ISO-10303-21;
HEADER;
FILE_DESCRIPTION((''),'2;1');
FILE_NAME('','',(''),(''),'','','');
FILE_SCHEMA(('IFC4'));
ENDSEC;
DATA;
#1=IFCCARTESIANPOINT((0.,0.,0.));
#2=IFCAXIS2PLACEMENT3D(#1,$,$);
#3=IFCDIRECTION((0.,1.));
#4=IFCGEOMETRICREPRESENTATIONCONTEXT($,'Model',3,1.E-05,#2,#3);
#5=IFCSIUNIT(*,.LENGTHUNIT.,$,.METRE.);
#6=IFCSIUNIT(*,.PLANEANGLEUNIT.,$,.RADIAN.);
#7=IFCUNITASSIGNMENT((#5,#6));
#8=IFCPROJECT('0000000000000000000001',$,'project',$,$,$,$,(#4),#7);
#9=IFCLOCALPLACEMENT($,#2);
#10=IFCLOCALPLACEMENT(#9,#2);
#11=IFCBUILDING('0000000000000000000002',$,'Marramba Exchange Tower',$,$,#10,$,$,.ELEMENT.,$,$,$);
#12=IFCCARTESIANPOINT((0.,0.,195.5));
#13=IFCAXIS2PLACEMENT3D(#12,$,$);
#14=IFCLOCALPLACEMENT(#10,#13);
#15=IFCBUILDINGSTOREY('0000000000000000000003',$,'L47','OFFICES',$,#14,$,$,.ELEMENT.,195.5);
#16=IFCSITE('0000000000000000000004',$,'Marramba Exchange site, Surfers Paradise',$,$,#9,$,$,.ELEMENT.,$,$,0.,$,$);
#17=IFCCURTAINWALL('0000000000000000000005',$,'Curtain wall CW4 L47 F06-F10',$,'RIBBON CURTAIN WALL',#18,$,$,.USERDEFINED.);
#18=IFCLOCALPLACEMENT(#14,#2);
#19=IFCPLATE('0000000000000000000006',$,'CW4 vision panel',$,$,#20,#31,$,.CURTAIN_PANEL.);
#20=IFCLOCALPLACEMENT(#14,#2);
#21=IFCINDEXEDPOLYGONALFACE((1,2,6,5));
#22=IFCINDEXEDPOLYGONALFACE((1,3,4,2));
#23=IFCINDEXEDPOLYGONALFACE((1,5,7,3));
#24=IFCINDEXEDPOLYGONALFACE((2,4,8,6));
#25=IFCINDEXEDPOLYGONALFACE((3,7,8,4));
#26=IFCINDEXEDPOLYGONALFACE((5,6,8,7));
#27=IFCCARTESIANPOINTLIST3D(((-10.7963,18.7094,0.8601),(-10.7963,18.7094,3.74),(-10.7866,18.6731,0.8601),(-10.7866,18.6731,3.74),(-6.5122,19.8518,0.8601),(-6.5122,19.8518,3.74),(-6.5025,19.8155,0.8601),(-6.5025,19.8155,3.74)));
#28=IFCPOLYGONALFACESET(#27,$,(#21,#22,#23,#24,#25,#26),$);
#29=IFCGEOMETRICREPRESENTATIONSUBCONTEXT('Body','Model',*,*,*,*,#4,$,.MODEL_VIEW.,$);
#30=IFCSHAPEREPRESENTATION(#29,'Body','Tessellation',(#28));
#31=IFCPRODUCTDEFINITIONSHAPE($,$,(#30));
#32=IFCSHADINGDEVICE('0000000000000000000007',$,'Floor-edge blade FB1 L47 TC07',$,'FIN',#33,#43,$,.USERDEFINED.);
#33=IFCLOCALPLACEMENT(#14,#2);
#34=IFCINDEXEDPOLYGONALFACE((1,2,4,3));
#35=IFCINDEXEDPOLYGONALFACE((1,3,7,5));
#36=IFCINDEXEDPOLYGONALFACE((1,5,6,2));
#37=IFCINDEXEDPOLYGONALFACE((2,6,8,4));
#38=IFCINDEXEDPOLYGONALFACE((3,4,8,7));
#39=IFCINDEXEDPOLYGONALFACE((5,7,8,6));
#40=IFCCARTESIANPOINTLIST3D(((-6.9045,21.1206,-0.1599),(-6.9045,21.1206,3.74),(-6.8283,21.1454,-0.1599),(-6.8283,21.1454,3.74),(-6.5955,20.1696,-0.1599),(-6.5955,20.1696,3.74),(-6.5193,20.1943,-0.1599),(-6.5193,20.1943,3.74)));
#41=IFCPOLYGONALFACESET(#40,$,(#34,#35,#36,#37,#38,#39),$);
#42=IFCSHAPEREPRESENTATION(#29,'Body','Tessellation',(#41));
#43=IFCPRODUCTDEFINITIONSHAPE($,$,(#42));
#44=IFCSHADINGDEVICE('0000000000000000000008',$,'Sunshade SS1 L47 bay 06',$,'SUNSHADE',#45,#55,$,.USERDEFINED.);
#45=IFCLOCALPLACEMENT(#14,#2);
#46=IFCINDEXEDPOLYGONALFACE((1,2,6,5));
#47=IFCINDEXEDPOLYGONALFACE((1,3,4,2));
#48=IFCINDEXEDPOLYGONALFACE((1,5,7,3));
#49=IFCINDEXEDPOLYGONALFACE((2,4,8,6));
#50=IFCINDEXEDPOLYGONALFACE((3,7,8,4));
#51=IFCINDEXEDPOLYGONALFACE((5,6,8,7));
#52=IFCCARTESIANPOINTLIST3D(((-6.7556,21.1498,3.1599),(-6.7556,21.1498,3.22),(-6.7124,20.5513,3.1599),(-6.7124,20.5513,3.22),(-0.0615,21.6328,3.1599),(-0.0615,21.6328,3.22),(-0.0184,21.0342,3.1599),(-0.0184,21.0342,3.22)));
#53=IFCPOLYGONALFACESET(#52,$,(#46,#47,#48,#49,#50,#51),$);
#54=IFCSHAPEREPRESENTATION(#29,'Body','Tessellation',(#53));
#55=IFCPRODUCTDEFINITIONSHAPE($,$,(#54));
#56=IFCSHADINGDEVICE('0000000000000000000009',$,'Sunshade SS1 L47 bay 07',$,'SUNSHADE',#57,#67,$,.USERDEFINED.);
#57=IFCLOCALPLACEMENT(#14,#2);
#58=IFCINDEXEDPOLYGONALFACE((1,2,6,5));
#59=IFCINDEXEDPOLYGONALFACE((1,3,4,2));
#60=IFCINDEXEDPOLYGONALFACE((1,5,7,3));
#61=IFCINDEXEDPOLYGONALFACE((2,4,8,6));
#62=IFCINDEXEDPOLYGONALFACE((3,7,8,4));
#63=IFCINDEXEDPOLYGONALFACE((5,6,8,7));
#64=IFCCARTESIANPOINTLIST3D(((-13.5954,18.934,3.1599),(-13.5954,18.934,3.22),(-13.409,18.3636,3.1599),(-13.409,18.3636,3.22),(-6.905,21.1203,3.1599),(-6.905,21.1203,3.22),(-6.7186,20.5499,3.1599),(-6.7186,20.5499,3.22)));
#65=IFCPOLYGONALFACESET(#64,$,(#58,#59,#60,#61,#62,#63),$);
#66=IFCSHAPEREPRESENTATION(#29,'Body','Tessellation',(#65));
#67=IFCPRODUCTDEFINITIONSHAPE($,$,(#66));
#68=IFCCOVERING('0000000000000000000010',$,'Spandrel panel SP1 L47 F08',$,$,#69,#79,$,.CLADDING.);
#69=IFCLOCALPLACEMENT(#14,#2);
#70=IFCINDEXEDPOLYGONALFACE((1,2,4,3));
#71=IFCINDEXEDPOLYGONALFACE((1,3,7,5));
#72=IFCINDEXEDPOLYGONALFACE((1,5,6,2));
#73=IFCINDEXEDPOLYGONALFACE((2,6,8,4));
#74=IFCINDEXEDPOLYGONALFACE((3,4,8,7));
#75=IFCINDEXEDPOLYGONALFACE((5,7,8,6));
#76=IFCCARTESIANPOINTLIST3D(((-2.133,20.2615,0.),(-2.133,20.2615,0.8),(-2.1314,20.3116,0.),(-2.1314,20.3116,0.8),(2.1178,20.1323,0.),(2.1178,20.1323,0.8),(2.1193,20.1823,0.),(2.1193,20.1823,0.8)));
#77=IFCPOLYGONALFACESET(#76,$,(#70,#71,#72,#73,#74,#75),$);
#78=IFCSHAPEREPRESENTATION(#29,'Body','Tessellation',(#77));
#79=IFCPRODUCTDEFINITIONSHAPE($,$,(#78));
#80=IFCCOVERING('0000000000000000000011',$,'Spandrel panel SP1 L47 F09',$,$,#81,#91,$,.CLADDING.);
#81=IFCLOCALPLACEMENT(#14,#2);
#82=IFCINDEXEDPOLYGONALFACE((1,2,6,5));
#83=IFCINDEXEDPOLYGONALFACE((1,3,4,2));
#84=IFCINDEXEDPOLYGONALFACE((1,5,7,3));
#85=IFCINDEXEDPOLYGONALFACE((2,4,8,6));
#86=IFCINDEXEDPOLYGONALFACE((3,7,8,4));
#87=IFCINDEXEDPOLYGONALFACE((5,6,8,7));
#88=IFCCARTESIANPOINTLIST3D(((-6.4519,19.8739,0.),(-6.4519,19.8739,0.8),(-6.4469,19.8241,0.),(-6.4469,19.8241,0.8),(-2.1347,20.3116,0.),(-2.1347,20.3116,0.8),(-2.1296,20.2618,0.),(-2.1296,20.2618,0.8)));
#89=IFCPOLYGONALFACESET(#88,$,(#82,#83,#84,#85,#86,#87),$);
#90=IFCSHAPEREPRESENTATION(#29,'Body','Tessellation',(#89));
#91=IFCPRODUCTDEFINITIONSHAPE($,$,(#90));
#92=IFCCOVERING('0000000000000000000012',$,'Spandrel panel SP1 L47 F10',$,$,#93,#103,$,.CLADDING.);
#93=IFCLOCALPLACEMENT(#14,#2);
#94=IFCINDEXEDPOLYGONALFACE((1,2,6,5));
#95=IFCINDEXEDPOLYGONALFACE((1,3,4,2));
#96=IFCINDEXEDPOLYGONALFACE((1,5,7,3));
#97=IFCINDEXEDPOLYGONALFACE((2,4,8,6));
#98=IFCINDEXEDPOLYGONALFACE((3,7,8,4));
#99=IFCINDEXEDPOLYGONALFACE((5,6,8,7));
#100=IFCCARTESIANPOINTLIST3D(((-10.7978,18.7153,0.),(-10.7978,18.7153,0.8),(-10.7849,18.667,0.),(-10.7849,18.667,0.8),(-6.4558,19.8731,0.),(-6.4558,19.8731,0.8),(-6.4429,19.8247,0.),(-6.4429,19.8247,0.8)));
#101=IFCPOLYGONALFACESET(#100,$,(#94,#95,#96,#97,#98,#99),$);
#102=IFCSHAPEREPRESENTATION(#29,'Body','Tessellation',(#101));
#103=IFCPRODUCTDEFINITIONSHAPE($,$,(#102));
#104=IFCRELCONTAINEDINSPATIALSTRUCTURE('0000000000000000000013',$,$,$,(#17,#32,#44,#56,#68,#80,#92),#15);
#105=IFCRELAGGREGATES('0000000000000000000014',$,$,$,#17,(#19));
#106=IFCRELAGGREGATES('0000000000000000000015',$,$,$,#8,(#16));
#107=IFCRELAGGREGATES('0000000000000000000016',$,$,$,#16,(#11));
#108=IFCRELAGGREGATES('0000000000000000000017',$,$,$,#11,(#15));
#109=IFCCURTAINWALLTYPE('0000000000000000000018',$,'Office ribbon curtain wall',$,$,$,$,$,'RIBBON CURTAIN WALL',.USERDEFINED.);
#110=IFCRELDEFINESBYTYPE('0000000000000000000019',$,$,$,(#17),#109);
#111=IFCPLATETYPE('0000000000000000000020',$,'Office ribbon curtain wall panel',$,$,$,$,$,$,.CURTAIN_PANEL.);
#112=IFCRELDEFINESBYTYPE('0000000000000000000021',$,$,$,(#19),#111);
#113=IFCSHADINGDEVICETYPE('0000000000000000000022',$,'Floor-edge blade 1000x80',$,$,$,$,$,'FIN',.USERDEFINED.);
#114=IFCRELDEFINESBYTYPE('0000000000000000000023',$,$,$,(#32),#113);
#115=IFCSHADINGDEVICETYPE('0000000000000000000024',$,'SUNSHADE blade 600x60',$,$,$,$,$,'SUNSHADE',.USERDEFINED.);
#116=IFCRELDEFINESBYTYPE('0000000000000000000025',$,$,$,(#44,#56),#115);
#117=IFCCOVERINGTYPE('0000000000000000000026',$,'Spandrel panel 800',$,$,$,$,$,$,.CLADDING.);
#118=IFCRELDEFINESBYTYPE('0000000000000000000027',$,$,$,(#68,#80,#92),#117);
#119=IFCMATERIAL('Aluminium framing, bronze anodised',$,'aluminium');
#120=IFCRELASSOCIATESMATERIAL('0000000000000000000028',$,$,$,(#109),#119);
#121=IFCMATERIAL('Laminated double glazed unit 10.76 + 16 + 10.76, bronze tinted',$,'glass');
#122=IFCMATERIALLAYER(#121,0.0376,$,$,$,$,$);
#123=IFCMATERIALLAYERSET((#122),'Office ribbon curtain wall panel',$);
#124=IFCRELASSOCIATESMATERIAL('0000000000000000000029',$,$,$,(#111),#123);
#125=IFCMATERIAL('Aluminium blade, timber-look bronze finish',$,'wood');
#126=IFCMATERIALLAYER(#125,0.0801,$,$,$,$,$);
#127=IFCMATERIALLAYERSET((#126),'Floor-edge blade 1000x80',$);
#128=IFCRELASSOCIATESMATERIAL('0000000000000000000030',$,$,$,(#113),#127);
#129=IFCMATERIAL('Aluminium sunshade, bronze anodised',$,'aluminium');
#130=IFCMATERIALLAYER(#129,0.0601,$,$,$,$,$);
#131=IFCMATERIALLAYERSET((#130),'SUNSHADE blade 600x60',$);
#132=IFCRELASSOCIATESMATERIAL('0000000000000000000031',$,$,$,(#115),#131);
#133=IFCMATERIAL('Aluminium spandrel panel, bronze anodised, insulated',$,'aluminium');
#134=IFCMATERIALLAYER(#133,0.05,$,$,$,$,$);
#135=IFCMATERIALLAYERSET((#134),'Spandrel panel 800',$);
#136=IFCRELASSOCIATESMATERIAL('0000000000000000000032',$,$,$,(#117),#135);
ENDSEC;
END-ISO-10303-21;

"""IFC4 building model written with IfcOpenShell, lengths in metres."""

from ifc_helpers import new_model, si_unit, direction, frame, origin, origin_2d, place, context, subcontext, project, spatial, rectangle, extrude, material, layer, layer_set, type_object, element, aggregate, save


model = new_model("IFC4")

# Units and contexts
model_context = context("Model", 3, precision=1e-05, world=origin(), true_north=direction((0.0, 1.0)))
body_context = subcontext(model_context, "Body", "Model", "MODEL_VIEW")
ifc_project = project(units=[si_unit("LENGTHUNIT", "METRE"), si_unit("PLANEANGLEUNIT", "RADIAN")], contexts=[model_context])

# Site, building, storey
site_placement = place(None, origin())
site = spatial("IfcSite", under=ifc_project, at=site_placement, Name="Marramba Exchange site, Surfers Paradise", CompositionType="ELEMENT", RefElevation=0.0)
building_placement = place(site_placement, origin())
building = spatial("IfcBuilding", under=site, at=building_placement, Name="Marramba Exchange Tower", CompositionType="ELEMENT")
storey_placement = place(building_placement, frame((0.0, 0.0, 195.5)))
storey = spatial("IfcBuildingStorey", under=building, at=storey_placement, Name="L47", Description="OFFICES", CompositionType="ELEMENT", Elevation=195.5)

# Curtain wall
ifc_material_1 = material(Name="Aluminium framing, bronze anodised", Category="aluminium")
curtain_wall_type = type_object("IfcCurtainWallType", Name="Office ribbon curtain wall", ElementType="RIBBON CURTAIN WALL", PredefinedType="USERDEFINED", material=ifc_material_1)
curtain_wall_1_placement = place(storey_placement, origin())
curtain_wall_1 = element("IfcCurtainWall", 1, at=curtain_wall_1_placement, inside=storey, type_object=curtain_wall_type, Name="Curtain wall CW4 L47 F06-F10", ObjectType="RIBBON CURTAIN WALL", PredefinedType="USERDEFINED")

# Plate
ifc_material_2 = material(Name="Laminated double glazed unit 10.76 + 16 + 10.76, bronze tinted", Category="glass")
ifc_layer_1 = layer(ifc_material_2, 0.0376)
ifc_layer_set_1 = layer_set([ifc_layer_1], Name="Office ribbon curtain wall panel")
plate_type = type_object("IfcPlateType", Name="Office ribbon curtain wall panel", PredefinedType="CURTAIN_PANEL", material=ifc_layer_set_1)
plate_1_placement = place(storey_placement, frame((-8.6494, 19.2625, 0.8601), z_axis=(0.0, 0.0, 1.0), x_axis=(-0.966241, -0.257641, 0.0)))
plate_1 = element("IfcPlate", 2, at=plate_1_placement, type_object=plate_type, Name="CW4 vision panel", PredefinedType="CURTAIN_PANEL", context=body_context, shape_type="SweptSolid", body=[
    extrude(rectangle(XDim=4.4338, YDim=0.0376, at=origin_2d()), origin(), (0.0, 0.0, 1.0), 2.8799),
])
aggregate(curtain_wall_1, [plate_1])

# Shading devices
ifc_material_3 = material(Name="Aluminium blade, timber-look bronze finish", Category="wood")
ifc_layer_2 = layer(ifc_material_3, 0.0801)
ifc_layer_set_2 = layer_set([ifc_layer_2], Name="Floor-edge blade 1000x80")
shading_device_type_1 = type_object("IfcShadingDeviceType", Name="Floor-edge blade 1000x80", ElementType="FIN", PredefinedType="USERDEFINED", material=ifc_layer_set_2)
shading_device_1_placement = place(storey_placement, frame((-6.7119, 20.6575, -0.1599), z_axis=(0.0, 0.0, 1.0), x_axis=(-0.309017, 0.951057, 0.0)))
element("IfcShadingDevice", 3, at=shading_device_1_placement, inside=storey, type_object=shading_device_type_1, Name="Floor-edge blade FB1 L47 TC07", ObjectType="FIN", PredefinedType="USERDEFINED", context=body_context, shape_type="SweptSolid", body=[
    extrude(rectangle(XDim=1.0, YDim=0.0801, at=origin_2d()), origin(), (0.0, 0.0, 1.0), 3.8999),
])
ifc_material_4 = material(Name="Aluminium sunshade, bronze anodised", Category="aluminium")
ifc_layer_3 = layer(ifc_material_4, 0.0601)
ifc_layer_set_3 = layer_set([ifc_layer_3], Name="SUNSHADE blade 600x60")
shading_device_type_2 = type_object("IfcShadingDeviceType", Name="SUNSHADE blade 600x60", ElementType="SUNSHADE", PredefinedType="USERDEFINED", material=ifc_layer_set_3)
shading_device_2_placement = place(storey_placement, frame((-3.387, 21.092, 3.1599), z_axis=(0.0, 0.0, 1.0), x_axis=(-0.997408, -0.071958, 0.0)))
element("IfcShadingDevice", 4, at=shading_device_2_placement, inside=storey, type_object=shading_device_type_2, Name="Sunshade SS1 L47 bay 06", ObjectType="SUNSHADE", PredefinedType="USERDEFINED", context=body_context, shape_type="SweptSolid", body=[
    extrude(rectangle(XDim=6.7114, YDim=0.6001, at=origin_2d()), origin(), (0.0, 0.0, 1.0), 0.0601),
])
shading_device_3_placement = place(storey_placement, frame((-10.157, 19.7419, 3.1599), z_axis=(0.0, 0.0, 1.0), x_axis=(-0.950538, -0.31061, 0.0)))
element("IfcShadingDevice", 5, at=shading_device_3_placement, inside=storey, type_object=shading_device_type_2, Name="Sunshade SS1 L47 bay 07", ObjectType="SUNSHADE", PredefinedType="USERDEFINED", context=body_context, shape_type="SweptSolid", body=[
    extrude(rectangle(XDim=7.0386, YDim=0.6001, at=origin_2d()), origin(), (0.0, 0.0, 1.0), 0.0601),
])

# Coverings
ifc_material_5 = material(Name="Aluminium spandrel panel, bronze anodised, insulated", Category="aluminium")
ifc_layer_4 = layer(ifc_material_5, 0.05)
ifc_layer_set_4 = layer_set([ifc_layer_4], Name="Spandrel panel 800")
covering_type = type_object("IfcCoveringType", Name="Spandrel panel 800", PredefinedType="CLADDING", material=ifc_layer_set_4)
covering_1_placement = place(storey_placement, frame((-0.0068, 20.2219, 0.0), z_axis=(0.0, 0.0, 1.0), x_axis=(-0.999538, 0.030394, 0.0)))
element("IfcCovering", 6, at=covering_1_placement, inside=storey, type_object=covering_type, Name="Spandrel panel SP1 L47 F08", PredefinedType="CLADDING", context=body_context, shape_type="SweptSolid", body=[
    extrude(rectangle(XDim=4.2527, YDim=0.05, at=origin_2d()), origin(), (0.0, 0.0, 1.0), 0.8),
])
covering_2_placement = place(storey_placement, frame((-4.2908, 20.0679, 0.0), z_axis=(0.0, 0.0, 1.0), x_axis=(-0.9949, -0.100863, 0.0)))
element("IfcCovering", 7, at=covering_2_placement, inside=storey, type_object=covering_type, Name="Spandrel panel SP1 L47 F09", PredefinedType="CLADDING", context=body_context, shape_type="SweptSolid", body=[
    extrude(rectangle(XDim=4.3394, YDim=0.05, at=origin_2d()), origin(), (0.0, 0.0, 1.0), 0.8),
])
covering_3_placement = place(storey_placement, frame((-8.6204, 19.27, 0.0), z_axis=(0.0, 0.0, 1.0), x_axis=(-0.966241, -0.257641, 0.0)))
element("IfcCovering", 8, at=covering_3_placement, inside=storey, type_object=covering_type, Name="Spandrel panel SP1 L47 F10", PredefinedType="CLADDING", context=body_context, shape_type="SweptSolid", body=[
    extrude(rectangle(XDim=4.4937, YDim=0.05, at=origin_2d()), origin(), (0.0, 0.0, 1.0), 0.8),
])

save(model, "model.ifc")
